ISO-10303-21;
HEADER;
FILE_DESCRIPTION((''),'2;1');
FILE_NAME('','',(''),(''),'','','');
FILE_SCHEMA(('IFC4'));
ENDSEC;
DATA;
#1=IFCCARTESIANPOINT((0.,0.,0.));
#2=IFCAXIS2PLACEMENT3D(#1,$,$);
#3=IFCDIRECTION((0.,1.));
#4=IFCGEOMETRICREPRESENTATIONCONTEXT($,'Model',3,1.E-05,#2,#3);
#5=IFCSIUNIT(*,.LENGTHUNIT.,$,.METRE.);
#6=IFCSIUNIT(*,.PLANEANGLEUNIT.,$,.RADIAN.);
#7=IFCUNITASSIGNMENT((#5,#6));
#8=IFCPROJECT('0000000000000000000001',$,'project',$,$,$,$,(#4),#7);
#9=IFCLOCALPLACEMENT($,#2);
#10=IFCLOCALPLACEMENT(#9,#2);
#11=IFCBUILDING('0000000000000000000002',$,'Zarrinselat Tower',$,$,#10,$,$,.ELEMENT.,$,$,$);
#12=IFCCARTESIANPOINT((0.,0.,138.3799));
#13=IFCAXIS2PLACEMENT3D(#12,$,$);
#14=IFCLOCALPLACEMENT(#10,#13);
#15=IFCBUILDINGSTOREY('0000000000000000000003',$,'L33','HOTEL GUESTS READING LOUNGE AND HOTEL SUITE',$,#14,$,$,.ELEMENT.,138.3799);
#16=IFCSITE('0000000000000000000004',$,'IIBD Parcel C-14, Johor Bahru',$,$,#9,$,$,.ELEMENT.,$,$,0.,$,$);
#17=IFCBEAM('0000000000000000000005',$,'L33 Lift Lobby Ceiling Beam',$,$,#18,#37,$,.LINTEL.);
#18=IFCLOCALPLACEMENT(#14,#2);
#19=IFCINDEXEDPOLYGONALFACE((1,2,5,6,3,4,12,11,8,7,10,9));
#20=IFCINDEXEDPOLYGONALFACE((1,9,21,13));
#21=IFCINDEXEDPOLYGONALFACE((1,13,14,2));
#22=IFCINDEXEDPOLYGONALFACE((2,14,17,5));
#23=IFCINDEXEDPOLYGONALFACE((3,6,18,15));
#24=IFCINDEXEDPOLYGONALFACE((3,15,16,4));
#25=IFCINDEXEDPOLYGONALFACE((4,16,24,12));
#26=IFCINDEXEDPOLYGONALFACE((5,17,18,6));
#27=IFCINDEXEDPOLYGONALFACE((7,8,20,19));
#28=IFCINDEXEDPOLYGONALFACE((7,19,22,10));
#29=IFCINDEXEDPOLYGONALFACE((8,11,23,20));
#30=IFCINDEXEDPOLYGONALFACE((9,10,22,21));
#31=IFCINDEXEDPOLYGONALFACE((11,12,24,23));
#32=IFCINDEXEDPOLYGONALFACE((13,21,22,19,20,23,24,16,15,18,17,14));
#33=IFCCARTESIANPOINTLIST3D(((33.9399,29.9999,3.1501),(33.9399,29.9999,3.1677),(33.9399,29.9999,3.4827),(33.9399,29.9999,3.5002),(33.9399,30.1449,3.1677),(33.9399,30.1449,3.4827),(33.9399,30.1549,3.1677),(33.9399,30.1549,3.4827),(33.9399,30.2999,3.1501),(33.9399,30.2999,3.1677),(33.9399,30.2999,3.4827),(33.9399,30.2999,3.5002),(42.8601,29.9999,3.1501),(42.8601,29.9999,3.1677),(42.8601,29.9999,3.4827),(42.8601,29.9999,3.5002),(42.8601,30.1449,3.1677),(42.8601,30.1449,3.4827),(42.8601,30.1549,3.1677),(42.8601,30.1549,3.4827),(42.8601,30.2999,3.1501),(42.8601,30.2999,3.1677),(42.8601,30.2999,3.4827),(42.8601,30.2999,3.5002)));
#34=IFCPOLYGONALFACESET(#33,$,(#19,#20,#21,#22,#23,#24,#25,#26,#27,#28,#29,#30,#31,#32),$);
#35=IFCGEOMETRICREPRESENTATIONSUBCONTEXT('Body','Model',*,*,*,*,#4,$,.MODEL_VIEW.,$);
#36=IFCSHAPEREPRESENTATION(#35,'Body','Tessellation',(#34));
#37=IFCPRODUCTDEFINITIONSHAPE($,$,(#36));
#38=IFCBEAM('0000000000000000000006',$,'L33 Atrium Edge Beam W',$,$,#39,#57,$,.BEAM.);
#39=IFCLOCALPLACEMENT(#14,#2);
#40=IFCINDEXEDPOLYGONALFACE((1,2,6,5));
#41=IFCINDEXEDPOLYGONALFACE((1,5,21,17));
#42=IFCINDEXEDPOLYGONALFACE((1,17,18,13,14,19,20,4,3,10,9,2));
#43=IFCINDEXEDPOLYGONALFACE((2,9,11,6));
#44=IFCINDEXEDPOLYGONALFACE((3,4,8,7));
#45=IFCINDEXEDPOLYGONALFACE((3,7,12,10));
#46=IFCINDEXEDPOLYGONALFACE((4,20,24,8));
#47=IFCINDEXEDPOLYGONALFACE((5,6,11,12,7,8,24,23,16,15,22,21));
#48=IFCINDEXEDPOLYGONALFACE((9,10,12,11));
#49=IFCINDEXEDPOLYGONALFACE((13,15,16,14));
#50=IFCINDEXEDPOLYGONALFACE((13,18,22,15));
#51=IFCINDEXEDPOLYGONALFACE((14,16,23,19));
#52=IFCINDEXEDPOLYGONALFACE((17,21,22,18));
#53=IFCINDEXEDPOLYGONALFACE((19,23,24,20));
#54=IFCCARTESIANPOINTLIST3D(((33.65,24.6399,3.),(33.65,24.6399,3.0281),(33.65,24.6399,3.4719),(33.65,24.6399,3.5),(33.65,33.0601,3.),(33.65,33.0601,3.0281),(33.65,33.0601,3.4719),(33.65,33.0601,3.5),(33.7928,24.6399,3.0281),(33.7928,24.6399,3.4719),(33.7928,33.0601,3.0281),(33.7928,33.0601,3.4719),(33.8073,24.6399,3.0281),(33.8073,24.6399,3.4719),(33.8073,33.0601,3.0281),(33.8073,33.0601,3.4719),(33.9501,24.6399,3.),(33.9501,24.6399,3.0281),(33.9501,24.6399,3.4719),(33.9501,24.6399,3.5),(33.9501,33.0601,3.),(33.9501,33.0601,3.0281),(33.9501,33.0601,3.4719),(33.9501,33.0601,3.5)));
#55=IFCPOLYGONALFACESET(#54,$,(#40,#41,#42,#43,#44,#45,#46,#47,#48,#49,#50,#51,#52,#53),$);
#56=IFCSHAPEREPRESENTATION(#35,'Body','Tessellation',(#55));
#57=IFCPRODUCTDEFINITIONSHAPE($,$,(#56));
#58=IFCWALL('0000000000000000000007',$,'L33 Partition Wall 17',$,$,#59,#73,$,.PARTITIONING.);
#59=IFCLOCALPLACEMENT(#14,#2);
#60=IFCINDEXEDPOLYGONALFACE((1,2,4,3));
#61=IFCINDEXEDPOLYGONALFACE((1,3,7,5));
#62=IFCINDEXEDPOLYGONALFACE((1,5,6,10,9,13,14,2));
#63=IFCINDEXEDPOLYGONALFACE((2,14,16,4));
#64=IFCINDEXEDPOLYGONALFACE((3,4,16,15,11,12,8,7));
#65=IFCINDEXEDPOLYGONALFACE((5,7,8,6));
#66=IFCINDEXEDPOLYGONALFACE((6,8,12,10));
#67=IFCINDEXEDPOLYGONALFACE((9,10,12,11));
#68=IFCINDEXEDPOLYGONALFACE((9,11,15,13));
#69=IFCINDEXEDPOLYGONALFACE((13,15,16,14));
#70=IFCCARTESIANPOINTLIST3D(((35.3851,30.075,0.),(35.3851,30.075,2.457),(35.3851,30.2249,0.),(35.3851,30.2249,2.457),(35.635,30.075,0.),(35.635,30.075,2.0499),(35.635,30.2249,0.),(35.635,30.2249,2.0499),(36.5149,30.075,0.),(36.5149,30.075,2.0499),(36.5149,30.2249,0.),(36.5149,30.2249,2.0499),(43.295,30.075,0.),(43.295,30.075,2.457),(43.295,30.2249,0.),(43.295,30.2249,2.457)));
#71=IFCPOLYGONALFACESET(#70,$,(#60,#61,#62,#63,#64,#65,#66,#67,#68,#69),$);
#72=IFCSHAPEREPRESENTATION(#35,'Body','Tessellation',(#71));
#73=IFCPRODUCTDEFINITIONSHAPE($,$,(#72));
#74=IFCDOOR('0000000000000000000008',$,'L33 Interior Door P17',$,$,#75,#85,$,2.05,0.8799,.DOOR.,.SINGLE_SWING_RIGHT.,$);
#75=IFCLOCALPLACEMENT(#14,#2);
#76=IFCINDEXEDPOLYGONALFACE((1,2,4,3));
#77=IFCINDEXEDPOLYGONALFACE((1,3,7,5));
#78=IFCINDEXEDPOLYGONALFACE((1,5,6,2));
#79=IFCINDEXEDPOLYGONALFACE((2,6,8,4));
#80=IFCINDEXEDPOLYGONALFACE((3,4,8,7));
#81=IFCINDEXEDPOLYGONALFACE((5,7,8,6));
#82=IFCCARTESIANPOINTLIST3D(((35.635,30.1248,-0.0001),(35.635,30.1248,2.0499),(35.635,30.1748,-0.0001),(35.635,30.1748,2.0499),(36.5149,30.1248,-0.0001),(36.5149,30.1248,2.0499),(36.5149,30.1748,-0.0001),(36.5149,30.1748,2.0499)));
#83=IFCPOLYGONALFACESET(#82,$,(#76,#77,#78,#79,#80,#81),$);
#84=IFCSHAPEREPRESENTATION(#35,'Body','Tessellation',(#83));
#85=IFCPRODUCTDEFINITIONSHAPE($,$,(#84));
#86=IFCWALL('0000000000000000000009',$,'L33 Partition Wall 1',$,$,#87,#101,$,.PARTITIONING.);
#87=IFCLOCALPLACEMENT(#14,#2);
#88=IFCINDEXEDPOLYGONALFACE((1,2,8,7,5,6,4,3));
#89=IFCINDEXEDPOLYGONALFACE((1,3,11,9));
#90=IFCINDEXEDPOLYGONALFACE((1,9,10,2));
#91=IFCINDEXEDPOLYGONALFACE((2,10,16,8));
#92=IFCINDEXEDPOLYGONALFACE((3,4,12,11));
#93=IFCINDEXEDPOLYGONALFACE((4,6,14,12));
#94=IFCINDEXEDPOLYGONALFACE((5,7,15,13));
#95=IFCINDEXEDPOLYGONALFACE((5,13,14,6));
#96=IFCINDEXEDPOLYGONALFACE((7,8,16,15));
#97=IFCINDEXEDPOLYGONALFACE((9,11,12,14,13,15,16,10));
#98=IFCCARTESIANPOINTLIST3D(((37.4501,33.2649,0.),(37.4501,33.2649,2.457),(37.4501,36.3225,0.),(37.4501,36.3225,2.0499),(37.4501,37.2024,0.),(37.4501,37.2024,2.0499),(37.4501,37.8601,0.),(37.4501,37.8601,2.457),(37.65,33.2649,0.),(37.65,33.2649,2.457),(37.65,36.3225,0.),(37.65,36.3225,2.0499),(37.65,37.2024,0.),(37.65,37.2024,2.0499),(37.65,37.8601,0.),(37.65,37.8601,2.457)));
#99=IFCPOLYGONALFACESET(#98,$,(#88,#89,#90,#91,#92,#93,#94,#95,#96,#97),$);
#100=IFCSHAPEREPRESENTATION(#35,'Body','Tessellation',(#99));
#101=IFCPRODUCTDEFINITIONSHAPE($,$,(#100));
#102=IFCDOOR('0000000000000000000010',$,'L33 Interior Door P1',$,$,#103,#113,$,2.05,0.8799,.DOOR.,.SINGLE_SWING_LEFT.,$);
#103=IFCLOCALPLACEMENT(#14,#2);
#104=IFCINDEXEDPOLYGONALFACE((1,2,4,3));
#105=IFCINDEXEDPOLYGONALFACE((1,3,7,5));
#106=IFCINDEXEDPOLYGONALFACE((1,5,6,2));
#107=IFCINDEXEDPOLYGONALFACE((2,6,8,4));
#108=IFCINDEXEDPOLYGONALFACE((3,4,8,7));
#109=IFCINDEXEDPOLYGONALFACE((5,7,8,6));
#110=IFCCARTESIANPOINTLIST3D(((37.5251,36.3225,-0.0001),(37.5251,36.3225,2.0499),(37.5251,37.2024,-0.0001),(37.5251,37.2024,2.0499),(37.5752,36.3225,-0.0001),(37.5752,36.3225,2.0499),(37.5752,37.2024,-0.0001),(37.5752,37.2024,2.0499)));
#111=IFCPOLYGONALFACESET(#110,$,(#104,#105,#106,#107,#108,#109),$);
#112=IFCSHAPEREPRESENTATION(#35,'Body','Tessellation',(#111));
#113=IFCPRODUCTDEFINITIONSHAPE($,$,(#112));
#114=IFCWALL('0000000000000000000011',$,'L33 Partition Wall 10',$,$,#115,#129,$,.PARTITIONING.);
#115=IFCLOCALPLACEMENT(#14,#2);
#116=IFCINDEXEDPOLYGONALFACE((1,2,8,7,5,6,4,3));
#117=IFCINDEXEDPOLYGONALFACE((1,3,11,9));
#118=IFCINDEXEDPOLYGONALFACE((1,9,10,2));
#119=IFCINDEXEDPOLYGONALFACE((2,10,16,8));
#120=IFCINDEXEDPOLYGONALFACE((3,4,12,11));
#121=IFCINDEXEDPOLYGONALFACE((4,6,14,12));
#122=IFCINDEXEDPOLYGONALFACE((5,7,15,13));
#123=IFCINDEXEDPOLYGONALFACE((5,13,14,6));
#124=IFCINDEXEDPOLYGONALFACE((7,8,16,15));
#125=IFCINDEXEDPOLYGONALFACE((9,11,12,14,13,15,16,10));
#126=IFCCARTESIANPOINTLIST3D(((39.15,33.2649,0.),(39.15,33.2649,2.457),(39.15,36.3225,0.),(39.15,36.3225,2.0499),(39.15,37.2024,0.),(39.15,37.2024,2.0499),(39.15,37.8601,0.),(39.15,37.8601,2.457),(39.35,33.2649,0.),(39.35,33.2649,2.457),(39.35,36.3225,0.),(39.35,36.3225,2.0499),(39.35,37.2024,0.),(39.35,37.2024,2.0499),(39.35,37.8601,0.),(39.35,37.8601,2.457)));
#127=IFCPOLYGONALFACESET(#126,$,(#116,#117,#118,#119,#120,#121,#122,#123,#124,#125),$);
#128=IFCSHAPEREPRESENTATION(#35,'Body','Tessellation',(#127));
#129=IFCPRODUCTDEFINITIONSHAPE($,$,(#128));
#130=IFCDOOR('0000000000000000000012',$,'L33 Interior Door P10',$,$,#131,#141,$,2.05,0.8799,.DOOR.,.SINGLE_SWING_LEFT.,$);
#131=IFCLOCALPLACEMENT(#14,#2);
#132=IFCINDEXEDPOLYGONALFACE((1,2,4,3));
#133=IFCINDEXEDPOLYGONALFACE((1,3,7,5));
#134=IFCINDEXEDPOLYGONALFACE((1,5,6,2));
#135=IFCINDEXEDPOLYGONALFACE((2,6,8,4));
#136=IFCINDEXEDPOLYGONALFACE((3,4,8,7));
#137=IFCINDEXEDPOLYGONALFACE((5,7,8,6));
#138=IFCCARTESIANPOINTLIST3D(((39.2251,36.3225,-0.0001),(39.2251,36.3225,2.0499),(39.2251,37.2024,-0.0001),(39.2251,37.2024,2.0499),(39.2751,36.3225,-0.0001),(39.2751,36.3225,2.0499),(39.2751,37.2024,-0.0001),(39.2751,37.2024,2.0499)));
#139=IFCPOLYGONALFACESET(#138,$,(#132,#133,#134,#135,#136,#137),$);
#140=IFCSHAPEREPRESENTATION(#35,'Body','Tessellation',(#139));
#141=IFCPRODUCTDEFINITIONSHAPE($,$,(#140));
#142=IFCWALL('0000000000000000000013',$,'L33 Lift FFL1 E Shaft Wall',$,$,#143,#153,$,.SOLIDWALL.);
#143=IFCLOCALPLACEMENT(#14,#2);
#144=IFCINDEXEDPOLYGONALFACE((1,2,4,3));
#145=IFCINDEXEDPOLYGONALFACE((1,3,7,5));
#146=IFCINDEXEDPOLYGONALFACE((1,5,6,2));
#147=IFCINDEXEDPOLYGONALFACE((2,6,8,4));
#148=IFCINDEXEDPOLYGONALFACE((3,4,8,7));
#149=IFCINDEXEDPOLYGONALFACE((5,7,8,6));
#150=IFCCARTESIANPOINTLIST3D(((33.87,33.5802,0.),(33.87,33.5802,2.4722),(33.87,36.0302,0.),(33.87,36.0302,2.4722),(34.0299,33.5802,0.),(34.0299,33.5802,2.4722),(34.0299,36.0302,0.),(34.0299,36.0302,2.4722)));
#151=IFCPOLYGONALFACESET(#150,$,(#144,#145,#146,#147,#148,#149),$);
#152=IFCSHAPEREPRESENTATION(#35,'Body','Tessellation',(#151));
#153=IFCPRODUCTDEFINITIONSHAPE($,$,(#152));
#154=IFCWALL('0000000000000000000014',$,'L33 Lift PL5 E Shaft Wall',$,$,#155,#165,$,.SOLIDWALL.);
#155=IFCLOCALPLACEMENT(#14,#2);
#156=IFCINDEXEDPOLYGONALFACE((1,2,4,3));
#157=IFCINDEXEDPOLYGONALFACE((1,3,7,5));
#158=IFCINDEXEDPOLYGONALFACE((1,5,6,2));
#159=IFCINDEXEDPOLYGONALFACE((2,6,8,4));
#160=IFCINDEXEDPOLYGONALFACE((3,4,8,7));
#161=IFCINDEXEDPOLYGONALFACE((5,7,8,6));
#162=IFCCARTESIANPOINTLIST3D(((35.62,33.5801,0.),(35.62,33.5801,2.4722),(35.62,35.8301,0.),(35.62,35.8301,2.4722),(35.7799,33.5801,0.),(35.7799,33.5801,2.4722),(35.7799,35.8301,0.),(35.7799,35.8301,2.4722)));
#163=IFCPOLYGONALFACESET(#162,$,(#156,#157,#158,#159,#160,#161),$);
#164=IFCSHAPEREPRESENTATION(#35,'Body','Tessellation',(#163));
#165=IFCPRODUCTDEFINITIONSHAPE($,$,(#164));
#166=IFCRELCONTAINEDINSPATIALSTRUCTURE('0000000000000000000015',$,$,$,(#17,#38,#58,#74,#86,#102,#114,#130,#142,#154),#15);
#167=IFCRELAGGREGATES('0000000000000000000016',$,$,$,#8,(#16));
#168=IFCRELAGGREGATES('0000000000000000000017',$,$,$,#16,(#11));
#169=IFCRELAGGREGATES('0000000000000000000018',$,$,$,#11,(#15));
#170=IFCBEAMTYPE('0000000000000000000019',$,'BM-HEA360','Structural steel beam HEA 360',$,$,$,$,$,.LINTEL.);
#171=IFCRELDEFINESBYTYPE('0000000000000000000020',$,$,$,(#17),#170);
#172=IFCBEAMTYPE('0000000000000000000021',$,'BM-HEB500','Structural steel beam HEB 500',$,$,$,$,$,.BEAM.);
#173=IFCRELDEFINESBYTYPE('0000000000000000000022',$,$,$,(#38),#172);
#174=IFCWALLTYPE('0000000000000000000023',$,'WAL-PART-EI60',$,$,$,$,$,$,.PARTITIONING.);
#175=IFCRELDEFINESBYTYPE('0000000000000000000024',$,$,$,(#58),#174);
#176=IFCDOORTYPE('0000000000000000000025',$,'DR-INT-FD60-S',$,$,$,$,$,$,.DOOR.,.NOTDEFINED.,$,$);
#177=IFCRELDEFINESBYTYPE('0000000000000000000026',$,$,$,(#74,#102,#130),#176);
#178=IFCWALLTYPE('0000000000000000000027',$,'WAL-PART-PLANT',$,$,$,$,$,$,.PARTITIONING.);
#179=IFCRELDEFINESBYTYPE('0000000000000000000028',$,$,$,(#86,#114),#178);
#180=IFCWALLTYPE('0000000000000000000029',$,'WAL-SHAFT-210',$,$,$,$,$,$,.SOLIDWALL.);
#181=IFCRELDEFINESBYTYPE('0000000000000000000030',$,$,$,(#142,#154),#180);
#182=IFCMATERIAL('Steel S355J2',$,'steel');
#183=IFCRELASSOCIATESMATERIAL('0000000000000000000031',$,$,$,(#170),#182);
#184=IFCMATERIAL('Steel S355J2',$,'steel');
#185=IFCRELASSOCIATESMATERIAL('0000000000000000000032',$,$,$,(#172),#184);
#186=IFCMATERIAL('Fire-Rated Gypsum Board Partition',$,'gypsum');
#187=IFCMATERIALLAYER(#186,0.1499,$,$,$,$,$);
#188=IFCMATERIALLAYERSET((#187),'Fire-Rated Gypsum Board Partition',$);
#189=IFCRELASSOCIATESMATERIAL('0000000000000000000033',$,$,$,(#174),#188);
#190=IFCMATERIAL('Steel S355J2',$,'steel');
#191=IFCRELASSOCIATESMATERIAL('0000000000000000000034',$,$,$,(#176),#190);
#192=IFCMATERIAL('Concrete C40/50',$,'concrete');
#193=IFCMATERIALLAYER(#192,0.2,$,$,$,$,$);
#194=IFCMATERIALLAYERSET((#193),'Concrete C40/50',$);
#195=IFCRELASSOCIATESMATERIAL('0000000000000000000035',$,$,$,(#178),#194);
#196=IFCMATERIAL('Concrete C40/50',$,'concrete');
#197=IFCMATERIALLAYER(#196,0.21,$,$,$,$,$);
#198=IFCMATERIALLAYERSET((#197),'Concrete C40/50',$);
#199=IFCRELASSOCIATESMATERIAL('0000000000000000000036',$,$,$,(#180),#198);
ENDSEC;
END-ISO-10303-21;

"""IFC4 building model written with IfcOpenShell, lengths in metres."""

from ifc_helpers import new_model, si_unit, direction, frame, frame_2d, origin, origin_2d, place, context, subcontext, project, spatial, rectangle, i_section, extrude, material, layer, layer_set, material_profile, profile_set, type_object, element, fill, save


model = new_model("IFC4")

# Units and contexts
model_context = context("Model", 3, precision=1e-05, world=origin(), true_north=direction((0.0, 1.0)))
body_context = subcontext(model_context, "Body", "Model", "MODEL_VIEW")
ifc_project = project(units=[si_unit("LENGTHUNIT", "METRE"), si_unit("PLANEANGLEUNIT", "RADIAN")], contexts=[model_context])

# Site, building, storey
site_placement = place(None, origin())
site = spatial("IfcSite", under=ifc_project, at=site_placement, Name="IIBD Parcel C-14, Johor Bahru", CompositionType="ELEMENT", RefElevation=0.0)
building_placement = place(site_placement, origin())
building = spatial("IfcBuilding", under=site, at=building_placement, Name="Zarrinselat Tower", CompositionType="ELEMENT")
storey_placement = place(building_placement, frame((0.0, 0.0, 138.3799)))
storey = spatial("IfcBuildingStorey", under=building, at=storey_placement, Name="L33", Description="HOTEL GUESTS READING LOUNGE AND HOTEL SUITE", CompositionType="ELEMENT", Elevation=138.3799)

# Beams
ifc_material_1 = material(Name="Steel S355J2", Category="steel")
ifc_material_profile_1 = material_profile(ifc_material_1, i_section(OverallWidth=0.3, OverallDepth=0.3501, WebThickness=0.01, FlangeThickness=0.0176, at=origin_2d()), Name="HEA 360")
ifc_profile_set_1 = profile_set([ifc_material_profile_1], Name="Steel S355J2")
beam_type_1 = type_object("IfcBeamType", Name="BM-HEA360", Description="Structural steel beam HEA 360", PredefinedType="LINTEL", material=ifc_profile_set_1)
beam_1_placement = place(storey_placement, frame((33.9399, 30.1499, 3.3252), z_axis=(1.0, 0.0, 0.0), x_axis=(0.0, 1.0, 0.0)))
element("IfcBeam", 1, at=beam_1_placement, inside=storey, type_object=beam_type_1, Name="L33 Lift Lobby Ceiling Beam", PredefinedType="LINTEL", context=body_context, shape_type="SweptSolid", body=[
    extrude(i_section(OverallWidth=0.3, OverallDepth=0.3501, WebThickness=0.01, FlangeThickness=0.0176, at=origin_2d()), origin(), (0.0, 0.0, 1.0), 8.9202),
])
ifc_material_2 = material(Name="Steel S355J2", Category="steel")
ifc_material_profile_2 = material_profile(ifc_material_2, i_section(OverallWidth=0.3, OverallDepth=0.5, WebThickness=0.0144, FlangeThickness=0.0281, at=origin_2d()), Name="HEB 500")
ifc_profile_set_2 = profile_set([ifc_material_profile_2], Name="Steel S355J2")
beam_type_2 = type_object("IfcBeamType", Name="BM-HEB500", Description="Structural steel beam HEB 500", PredefinedType="BEAM", material=ifc_profile_set_2)
beam_2_placement = place(storey_placement, frame((33.8, 24.6399, 3.25), z_axis=(0.0, 1.0, 0.0), x_axis=(-1.0, 0.0, 0.0)))
element("IfcBeam", 2, at=beam_2_placement, inside=storey, type_object=beam_type_2, Name="L33 Atrium Edge Beam W", PredefinedType="BEAM", context=body_context, shape_type="SweptSolid", body=[
    extrude(i_section(OverallWidth=0.3, OverallDepth=0.5, WebThickness=0.0144, FlangeThickness=0.0281, at=origin_2d()), origin(), (0.0, 0.0, 1.0), 8.4202),
])

# Walls, openings, doors
ifc_material_3 = material(Name="Fire-Rated Gypsum Board Partition", Category="gypsum")
ifc_layer_1 = layer(ifc_material_3, 0.1499)
ifc_layer_set_1 = layer_set([ifc_layer_1], Name="Fire-Rated Gypsum Board Partition")
wall_type_1 = type_object("IfcWallType", Name="WAL-PART-EI60", PredefinedType="PARTITIONING", material=ifc_layer_set_1)
wall_1_placement = place(storey_placement, frame((35.385, 30.1499, 0.0), z_axis=(0.0, 0.0, 1.0), x_axis=(1.0, 0.0, 0.0)))
wall_1 = element("IfcWall", 3, at=wall_1_placement, inside=storey, type_object=wall_type_1, Name="L33 Partition Wall 17", PredefinedType="PARTITIONING", context=body_context, shape_type="SweptSolid", body=[
    extrude(rectangle(XDim=7.9099, YDim=0.1499, at=frame_2d((3.9551, 0.0))), origin(), (0.0, 0.0, 1.0), 2.457),
])
opening_1_placement = place(wall_1_placement, frame((0.25, 0.0, 0.0)))
opening_1 = element("IfcOpeningElement", 4, at=opening_1_placement, cuts=wall_1, PredefinedType="OPENING", context=body_context, shape_type="SweptSolid", body=[
    extrude(rectangle(XDim=0.8799, YDim=2.05, at=frame_2d((0.4399, 1.0249))), frame((0.0, 0.085, 0.0), z_axis=(0.0, -1.0, 0.0), x_axis=(1.0, 0.0, 0.0)), (0.0, 0.0, 1.0), 0.1699),
])
ifc_material_4 = material(Name="Steel S355J2", Category="steel")
door_type = type_object("IfcDoorType", Name="DR-INT-FD60-S", OperationType="NOTDEFINED", PredefinedType="DOOR", material=ifc_material_4)
door_1_placement = place(opening_1_placement, origin())
door_1 = element("IfcDoor", 5, at=door_1_placement, inside=storey, type_object=door_type, Name="L33 Interior Door P17", OperationType="SINGLE_SWING_RIGHT", OverallHeight=2.05, OverallWidth=0.8799, PredefinedType="DOOR", context=body_context, shape_type="SweptSolid", body=[
    extrude(rectangle(XDim=0.8799, YDim=2.05, at=frame_2d((0.4399, 1.0249))), frame((0.0, 0.0249, 0.0), z_axis=(0.0, -1.0, 0.0), x_axis=(1.0, 0.0, 0.0)), (0.0, 0.0, 1.0), 0.05),
])
fill(opening_1, door_1)
ifc_material_5 = material(Name="Concrete C40/50", Category="concrete")
ifc_layer_2 = layer(ifc_material_5, 0.2)
ifc_layer_set_2 = layer_set([ifc_layer_2], Name="Concrete C40/50")
wall_type_2 = type_object("IfcWallType", Name="WAL-PART-PLANT", PredefinedType="PARTITIONING", material=ifc_layer_set_2)
wall_2_placement = place(storey_placement, frame((37.55, 33.2649, 0.0), z_axis=(0.0, 0.0, 1.0), x_axis=(0.0, 1.0, 0.0)))
wall_2 = element("IfcWall", 6, at=wall_2_placement, inside=storey, type_object=wall_type_2, Name="L33 Partition Wall 1", PredefinedType="PARTITIONING", context=body_context, shape_type="SweptSolid", body=[
    extrude(rectangle(XDim=4.5952, YDim=0.2, at=frame_2d((2.2976, 0.0))), origin(), (0.0, 0.0, 1.0), 2.457),
])
opening_2_placement = place(wall_2_placement, frame((3.0576, 0.0, 0.0)))
opening_2 = element("IfcOpeningElement", 7, at=opening_2_placement, cuts=wall_2, PredefinedType="OPENING", context=body_context, shape_type="SweptSolid", body=[
    extrude(rectangle(XDim=0.8799, YDim=2.05, at=frame_2d((0.4399, 1.0249))), frame((0.0, 0.1099, 0.0), z_axis=(0.0, -1.0, 0.0), x_axis=(1.0, 0.0, 0.0)), (0.0, 0.0, 1.0), 0.22),
])
door_2_placement = place(opening_2_placement, origin())
door_2 = element("IfcDoor", 8, at=door_2_placement, inside=storey, type_object=door_type, Name="L33 Interior Door P1", OperationType="SINGLE_SWING_LEFT", OverallHeight=2.05, OverallWidth=0.8799, PredefinedType="DOOR", context=body_context, shape_type="SweptSolid", body=[
    extrude(rectangle(XDim=0.8799, YDim=2.05, at=frame_2d((0.4399, 1.0249))), frame((0.0, 0.0249, 0.0), z_axis=(0.0, -1.0, 0.0), x_axis=(1.0, 0.0, 0.0)), (0.0, 0.0, 1.0), 0.05),
])
fill(opening_2, door_2)
wall_3_placement = place(storey_placement, frame((39.25, 33.2649, 0.0), z_axis=(0.0, 0.0, 1.0), x_axis=(0.0, 1.0, 0.0)))
wall_3 = element("IfcWall", 9, at=wall_3_placement, inside=storey, type_object=wall_type_2, Name="L33 Partition Wall 10", PredefinedType="PARTITIONING", context=body_context, shape_type="SweptSolid", body=[
    extrude(rectangle(XDim=4.5952, YDim=0.2, at=frame_2d((2.2976, 0.0))), origin(), (0.0, 0.0, 1.0), 2.457),
])
opening_3_placement = place(wall_3_placement, frame((3.0576, 0.0, 0.0)))
opening_3 = element("IfcOpeningElement", 10, at=opening_3_placement, cuts=wall_3, PredefinedType="OPENING", context=body_context, shape_type="SweptSolid", body=[
    extrude(rectangle(XDim=0.8799, YDim=2.05, at=frame_2d((0.4399, 1.0249))), frame((0.0, 0.1099, 0.0), z_axis=(0.0, -1.0, 0.0), x_axis=(1.0, 0.0, 0.0)), (0.0, 0.0, 1.0), 0.22),
])
door_3_placement = place(opening_3_placement, origin())
door_3 = element("IfcDoor", 11, at=door_3_placement, inside=storey, type_object=door_type, Name="L33 Interior Door P10", OperationType="SINGLE_SWING_LEFT", OverallHeight=2.05, OverallWidth=0.8799, PredefinedType="DOOR", context=body_context, shape_type="SweptSolid", body=[
    extrude(rectangle(XDim=0.8799, YDim=2.05, at=frame_2d((0.4399, 1.0249))), frame((0.0, 0.0249, 0.0), z_axis=(0.0, -1.0, 0.0), x_axis=(1.0, 0.0, 0.0)), (0.0, 0.0, 1.0), 0.05),
])
fill(opening_3, door_3)

# Walls
ifc_material_6 = material(Name="Concrete C40/50", Category="concrete")
ifc_layer_3 = layer(ifc_material_6, 0.21)
ifc_layer_set_3 = layer_set([ifc_layer_3], Name="Concrete C40/50")
wall_type_3 = type_object("IfcWallType", Name="WAL-SHAFT-210", PredefinedType="SOLIDWALL", material=ifc_layer_set_3)
wall_4_placement = place(storey_placement, frame((33.95, 33.5801, 0.0), z_axis=(0.0, 0.0, 1.0), x_axis=(0.0, 1.0, 0.0)))
element("IfcWall", 12, at=wall_4_placement, inside=storey, type_object=wall_type_3, Name="L33 Lift FFL1 E Shaft Wall", PredefinedType="SOLIDWALL", context=body_context, shape_type="SweptSolid", body=[
    extrude(rectangle(XDim=2.45, YDim=0.1599, at=frame_2d((1.2251, 0.0))), origin(), (0.0, 0.0, 1.0), 2.4722),
])
for number, where, z_axis, x_axis, name in (
    (13, (35.7, 33.5801, 0.0), (0.0, 0.0, 1.0), (0.0, 1.0, 0.0), "L33 Lift PL5 E Shaft Wall"),
):
    element("IfcWall", number, at=place(storey_placement, frame(where, z_axis=z_axis, x_axis=x_axis)), inside=storey, type_object=wall_type_3, Name=name, PredefinedType="SOLIDWALL", context=body_context, shape_type="SweptSolid", body=[
        extrude(rectangle(XDim=2.25, YDim=0.1599, at=frame_2d((1.125, 0.0))), origin(), (0.0, 0.0, 1.0), 2.4722),
    ])

save(model, "model.ifc")
